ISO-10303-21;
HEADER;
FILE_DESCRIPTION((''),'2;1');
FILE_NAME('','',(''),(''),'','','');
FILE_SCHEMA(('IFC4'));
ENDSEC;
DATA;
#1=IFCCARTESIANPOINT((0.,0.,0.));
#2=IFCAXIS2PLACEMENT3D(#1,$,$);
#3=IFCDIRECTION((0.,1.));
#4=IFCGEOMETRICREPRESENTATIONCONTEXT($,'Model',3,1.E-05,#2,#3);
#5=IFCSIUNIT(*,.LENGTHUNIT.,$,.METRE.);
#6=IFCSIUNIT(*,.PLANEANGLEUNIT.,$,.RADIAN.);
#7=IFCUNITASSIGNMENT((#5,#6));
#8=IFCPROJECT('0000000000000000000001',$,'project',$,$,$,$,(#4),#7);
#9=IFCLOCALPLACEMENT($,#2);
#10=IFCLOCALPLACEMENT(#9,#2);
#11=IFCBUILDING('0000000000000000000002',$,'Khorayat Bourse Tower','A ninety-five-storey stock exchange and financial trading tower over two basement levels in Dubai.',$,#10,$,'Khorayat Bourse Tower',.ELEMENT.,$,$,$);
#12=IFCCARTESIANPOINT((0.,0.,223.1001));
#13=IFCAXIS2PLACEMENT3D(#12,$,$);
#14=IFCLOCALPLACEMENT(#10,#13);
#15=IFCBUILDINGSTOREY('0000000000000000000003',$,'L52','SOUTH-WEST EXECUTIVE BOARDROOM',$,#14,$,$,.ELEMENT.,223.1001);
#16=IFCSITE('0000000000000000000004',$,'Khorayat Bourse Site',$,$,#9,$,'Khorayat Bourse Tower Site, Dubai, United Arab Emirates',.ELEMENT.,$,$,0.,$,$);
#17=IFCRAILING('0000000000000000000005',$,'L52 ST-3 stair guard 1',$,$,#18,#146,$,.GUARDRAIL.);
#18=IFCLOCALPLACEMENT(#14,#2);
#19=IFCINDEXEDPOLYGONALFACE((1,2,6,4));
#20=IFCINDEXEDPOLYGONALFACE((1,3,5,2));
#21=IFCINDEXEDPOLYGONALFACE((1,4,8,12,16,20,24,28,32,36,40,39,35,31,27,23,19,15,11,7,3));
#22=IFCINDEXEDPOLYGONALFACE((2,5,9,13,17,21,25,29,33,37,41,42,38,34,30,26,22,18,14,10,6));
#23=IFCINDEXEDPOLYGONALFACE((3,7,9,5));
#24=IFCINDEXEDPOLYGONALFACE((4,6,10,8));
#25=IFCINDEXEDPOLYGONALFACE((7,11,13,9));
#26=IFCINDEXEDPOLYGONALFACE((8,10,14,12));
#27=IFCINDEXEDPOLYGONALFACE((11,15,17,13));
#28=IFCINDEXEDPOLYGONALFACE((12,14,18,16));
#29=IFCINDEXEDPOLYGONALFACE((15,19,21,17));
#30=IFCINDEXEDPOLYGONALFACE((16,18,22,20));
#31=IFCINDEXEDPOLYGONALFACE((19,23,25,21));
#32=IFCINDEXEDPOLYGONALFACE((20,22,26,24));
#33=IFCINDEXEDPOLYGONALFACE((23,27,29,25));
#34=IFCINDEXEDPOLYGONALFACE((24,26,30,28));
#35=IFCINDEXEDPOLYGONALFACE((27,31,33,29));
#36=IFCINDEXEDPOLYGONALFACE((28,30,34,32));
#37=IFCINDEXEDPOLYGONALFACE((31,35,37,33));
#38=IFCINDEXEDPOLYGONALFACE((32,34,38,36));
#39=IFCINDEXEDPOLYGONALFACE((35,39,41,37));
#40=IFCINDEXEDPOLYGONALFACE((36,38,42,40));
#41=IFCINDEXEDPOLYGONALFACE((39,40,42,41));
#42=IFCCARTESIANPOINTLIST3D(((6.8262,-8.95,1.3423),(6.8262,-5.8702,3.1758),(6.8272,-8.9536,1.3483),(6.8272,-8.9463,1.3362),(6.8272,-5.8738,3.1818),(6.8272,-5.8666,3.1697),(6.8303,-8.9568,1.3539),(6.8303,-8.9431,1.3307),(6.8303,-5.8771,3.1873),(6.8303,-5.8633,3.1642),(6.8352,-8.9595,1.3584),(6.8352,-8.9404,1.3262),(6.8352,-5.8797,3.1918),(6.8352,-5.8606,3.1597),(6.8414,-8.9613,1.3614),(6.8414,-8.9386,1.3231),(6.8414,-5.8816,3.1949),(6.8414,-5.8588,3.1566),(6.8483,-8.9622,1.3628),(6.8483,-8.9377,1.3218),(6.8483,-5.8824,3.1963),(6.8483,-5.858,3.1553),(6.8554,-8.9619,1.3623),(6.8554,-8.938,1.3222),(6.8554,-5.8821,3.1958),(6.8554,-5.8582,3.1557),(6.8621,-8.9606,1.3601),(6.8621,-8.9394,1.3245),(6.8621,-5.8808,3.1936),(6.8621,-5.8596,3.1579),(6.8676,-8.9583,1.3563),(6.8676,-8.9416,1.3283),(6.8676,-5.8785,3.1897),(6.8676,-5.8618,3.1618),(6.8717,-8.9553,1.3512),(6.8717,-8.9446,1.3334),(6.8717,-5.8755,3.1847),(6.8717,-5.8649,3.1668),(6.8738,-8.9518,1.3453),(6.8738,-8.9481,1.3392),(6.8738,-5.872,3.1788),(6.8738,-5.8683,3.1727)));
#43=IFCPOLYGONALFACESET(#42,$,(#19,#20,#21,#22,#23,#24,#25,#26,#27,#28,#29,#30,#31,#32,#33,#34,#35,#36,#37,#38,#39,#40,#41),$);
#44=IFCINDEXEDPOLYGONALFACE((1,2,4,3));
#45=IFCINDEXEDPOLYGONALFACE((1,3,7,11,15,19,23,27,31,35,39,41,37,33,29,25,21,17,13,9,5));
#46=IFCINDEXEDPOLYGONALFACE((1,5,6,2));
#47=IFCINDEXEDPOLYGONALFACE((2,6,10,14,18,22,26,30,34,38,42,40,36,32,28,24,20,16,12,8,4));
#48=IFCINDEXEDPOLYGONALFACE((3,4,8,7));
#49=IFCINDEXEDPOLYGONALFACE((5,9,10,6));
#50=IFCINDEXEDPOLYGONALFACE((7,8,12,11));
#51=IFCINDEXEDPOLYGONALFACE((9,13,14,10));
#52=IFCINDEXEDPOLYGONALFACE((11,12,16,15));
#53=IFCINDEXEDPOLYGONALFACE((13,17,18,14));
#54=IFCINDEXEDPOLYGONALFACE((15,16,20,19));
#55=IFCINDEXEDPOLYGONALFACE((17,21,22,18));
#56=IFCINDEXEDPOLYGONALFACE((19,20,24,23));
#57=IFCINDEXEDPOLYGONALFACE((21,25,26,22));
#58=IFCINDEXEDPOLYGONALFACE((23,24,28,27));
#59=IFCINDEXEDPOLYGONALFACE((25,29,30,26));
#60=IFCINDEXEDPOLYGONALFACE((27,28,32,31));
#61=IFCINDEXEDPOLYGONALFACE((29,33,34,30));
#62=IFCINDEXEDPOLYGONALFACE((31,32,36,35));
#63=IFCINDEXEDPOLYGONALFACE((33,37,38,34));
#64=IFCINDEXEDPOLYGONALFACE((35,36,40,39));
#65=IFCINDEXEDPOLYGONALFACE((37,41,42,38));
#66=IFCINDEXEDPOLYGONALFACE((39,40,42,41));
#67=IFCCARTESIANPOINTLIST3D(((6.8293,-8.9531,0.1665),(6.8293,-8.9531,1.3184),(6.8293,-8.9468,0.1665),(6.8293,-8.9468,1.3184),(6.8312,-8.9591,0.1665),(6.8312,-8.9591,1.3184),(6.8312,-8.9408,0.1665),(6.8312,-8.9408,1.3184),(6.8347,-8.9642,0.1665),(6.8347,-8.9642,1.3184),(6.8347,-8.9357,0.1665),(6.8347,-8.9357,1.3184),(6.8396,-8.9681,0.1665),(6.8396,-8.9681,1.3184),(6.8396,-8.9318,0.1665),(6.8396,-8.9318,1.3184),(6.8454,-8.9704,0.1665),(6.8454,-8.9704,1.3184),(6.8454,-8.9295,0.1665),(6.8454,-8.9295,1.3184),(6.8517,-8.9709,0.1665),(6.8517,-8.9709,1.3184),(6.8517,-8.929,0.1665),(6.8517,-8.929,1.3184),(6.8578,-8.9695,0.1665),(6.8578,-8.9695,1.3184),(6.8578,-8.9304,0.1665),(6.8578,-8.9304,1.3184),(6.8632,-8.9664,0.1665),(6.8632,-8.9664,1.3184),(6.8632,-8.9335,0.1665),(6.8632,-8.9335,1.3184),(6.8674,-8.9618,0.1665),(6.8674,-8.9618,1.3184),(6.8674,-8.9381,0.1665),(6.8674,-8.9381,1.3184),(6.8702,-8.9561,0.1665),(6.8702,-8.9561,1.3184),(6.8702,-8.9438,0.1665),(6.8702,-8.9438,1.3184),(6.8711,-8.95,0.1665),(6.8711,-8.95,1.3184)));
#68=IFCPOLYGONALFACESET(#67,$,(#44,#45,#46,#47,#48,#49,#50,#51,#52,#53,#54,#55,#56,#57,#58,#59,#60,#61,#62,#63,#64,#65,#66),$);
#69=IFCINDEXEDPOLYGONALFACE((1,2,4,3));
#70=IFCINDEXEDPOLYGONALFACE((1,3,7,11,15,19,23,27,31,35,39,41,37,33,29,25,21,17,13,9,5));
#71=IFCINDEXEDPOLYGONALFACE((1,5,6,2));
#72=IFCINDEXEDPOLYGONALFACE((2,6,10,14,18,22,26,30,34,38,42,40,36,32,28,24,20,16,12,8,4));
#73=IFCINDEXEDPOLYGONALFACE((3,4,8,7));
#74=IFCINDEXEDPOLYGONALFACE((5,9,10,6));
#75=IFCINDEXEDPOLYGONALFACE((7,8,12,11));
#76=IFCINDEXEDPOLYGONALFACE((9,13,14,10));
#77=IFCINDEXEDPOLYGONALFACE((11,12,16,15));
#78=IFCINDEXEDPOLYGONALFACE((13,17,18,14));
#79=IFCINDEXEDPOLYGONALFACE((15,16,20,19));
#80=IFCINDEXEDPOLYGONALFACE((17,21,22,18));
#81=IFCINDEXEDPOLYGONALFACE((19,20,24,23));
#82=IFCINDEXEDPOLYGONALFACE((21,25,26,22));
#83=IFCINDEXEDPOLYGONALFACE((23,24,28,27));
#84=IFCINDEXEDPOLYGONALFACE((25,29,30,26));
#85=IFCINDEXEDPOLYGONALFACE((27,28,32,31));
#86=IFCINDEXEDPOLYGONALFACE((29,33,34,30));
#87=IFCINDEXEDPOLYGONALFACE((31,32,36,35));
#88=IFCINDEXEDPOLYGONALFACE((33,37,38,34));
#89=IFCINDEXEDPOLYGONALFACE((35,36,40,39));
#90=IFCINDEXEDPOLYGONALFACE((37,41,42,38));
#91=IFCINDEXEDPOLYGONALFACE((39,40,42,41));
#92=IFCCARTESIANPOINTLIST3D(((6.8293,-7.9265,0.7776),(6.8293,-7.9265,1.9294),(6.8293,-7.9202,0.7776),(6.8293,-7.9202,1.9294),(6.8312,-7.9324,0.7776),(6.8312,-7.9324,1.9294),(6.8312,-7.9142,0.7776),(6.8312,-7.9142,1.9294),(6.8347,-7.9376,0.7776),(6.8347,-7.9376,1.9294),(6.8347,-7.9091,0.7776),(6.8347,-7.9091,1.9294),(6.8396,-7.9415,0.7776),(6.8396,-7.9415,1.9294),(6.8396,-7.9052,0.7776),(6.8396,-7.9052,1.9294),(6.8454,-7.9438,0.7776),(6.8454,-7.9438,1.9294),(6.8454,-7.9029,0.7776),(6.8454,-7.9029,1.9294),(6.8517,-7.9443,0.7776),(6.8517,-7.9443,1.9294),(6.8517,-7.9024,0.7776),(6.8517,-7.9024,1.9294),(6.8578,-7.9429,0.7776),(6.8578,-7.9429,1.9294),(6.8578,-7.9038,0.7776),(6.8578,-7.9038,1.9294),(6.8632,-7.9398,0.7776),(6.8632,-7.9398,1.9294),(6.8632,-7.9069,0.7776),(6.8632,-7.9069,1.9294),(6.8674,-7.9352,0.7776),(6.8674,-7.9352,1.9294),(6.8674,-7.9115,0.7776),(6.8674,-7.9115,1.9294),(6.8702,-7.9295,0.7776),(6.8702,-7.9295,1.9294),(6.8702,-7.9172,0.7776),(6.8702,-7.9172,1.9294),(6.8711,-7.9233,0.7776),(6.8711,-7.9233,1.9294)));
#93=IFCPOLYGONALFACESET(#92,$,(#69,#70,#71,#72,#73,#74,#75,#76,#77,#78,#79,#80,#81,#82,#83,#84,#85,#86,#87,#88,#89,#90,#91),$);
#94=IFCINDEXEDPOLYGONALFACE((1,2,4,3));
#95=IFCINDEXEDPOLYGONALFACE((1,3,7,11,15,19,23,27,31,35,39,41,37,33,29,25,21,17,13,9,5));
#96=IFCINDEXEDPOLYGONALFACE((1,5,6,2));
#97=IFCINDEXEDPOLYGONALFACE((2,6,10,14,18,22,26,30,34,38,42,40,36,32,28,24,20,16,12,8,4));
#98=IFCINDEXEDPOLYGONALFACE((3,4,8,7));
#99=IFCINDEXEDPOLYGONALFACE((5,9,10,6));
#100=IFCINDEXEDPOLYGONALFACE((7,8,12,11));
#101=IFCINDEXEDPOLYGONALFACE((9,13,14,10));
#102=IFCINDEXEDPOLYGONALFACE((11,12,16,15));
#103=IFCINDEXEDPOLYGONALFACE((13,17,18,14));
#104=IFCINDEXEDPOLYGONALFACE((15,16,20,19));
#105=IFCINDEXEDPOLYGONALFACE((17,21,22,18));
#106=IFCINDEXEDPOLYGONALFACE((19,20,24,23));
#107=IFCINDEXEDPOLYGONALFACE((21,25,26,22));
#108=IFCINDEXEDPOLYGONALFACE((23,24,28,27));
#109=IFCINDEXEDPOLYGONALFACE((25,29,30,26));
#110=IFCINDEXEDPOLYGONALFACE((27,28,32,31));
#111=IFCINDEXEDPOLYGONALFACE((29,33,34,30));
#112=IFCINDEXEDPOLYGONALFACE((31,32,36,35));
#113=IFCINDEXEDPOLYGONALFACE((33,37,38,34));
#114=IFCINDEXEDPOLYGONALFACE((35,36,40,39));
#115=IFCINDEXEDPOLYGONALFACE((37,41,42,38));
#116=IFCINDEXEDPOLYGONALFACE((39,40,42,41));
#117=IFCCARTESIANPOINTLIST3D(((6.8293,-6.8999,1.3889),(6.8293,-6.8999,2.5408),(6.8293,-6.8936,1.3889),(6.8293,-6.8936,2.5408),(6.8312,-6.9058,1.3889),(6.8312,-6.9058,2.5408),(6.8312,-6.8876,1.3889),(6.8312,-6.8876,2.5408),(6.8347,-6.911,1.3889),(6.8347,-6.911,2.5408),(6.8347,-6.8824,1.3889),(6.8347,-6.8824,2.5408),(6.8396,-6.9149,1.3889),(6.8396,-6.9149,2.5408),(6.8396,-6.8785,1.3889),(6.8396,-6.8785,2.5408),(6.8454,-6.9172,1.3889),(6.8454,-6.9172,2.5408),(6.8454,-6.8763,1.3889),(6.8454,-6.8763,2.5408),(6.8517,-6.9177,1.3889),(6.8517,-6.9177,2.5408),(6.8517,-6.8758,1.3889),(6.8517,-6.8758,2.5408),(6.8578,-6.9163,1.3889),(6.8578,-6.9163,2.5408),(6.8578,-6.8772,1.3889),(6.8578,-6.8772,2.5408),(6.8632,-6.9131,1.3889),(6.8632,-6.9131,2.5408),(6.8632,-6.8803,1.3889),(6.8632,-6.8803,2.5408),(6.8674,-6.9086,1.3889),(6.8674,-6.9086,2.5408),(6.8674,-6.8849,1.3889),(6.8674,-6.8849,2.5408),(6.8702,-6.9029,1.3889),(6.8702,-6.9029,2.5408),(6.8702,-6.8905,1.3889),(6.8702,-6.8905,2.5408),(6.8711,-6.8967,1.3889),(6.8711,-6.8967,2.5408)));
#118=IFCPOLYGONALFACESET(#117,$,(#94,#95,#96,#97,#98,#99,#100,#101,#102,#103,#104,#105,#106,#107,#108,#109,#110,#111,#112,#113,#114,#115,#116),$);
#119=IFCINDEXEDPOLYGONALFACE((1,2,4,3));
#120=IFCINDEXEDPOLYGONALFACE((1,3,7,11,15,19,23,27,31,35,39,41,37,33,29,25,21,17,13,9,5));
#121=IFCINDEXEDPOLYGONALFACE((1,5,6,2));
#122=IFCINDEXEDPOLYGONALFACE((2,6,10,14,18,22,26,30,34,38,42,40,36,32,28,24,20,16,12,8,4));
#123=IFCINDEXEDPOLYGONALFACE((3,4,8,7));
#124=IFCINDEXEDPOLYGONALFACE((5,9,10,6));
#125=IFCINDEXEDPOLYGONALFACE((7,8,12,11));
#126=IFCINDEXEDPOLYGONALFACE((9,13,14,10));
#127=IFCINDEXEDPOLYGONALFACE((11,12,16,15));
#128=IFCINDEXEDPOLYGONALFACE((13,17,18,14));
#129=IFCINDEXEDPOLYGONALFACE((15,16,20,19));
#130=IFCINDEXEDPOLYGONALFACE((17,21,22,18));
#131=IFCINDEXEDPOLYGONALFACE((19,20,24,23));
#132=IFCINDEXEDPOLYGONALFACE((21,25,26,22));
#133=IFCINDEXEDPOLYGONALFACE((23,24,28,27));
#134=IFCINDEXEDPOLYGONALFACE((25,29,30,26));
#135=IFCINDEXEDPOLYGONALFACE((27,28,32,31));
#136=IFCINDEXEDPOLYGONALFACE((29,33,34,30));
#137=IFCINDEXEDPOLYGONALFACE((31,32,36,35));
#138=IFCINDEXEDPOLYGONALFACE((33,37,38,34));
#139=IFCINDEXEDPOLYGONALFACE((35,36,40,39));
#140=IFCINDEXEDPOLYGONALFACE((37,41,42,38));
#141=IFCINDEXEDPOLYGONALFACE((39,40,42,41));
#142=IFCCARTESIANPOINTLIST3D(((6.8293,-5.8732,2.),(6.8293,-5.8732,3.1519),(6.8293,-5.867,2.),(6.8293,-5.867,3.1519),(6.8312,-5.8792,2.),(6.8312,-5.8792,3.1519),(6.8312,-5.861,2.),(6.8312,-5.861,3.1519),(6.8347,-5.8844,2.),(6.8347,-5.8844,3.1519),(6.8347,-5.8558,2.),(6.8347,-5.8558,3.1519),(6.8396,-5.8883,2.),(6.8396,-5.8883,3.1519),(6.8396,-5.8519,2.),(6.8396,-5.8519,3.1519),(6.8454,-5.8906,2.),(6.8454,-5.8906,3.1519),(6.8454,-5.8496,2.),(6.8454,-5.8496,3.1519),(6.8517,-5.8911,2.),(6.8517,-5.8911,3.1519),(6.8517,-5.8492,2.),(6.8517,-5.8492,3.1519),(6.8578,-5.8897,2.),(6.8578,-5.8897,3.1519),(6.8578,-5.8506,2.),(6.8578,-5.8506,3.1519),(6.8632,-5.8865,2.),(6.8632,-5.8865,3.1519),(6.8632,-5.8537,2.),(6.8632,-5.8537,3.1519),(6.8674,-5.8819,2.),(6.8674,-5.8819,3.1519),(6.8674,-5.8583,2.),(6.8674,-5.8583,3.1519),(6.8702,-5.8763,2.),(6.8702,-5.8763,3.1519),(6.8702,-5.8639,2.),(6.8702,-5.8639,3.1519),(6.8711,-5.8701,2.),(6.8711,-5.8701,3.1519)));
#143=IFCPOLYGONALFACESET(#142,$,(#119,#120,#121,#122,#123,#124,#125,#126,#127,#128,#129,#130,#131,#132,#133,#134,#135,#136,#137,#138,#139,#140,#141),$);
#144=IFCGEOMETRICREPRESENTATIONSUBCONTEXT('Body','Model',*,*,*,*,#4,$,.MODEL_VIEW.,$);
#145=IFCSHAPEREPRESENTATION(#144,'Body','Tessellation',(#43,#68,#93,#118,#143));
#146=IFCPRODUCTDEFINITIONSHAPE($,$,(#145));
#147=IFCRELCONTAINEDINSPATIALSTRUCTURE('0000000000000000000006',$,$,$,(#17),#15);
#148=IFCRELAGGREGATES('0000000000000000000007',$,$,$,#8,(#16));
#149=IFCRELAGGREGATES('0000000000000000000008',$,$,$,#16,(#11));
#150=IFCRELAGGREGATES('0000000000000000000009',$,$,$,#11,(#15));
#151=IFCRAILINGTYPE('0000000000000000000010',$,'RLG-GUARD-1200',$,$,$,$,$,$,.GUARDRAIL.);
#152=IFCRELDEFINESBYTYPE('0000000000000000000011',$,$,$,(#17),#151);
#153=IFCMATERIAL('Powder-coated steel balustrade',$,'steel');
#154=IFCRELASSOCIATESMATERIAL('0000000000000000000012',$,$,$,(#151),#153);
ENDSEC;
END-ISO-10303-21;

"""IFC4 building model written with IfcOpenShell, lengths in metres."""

from ifc_helpers import new_model, si_unit, direction, frame, origin, origin_2d, place, context, subcontext, project, spatial, circle, extrude, source, transform, mapped, material, type_object, element, save


model = new_model("IFC4")

# Units and contexts
model_context = context("Model", 3, precision=1e-05, world=origin(), true_north=direction((0.0, 1.0)))
body_context = subcontext(model_context, "Body", "Model", "MODEL_VIEW")
ifc_project = project(units=[si_unit("LENGTHUNIT", "METRE"), si_unit("PLANEANGLEUNIT", "RADIAN")], contexts=[model_context])

# Site, building, storey
site_placement = place(None, origin())
site = spatial("IfcSite", under=ifc_project, at=site_placement, Name="Khorayat Bourse Site", LongName="Khorayat Bourse Tower Site, Dubai, United Arab Emirates", CompositionType="ELEMENT", RefElevation=0.0)
building_placement = place(site_placement, origin())
building = spatial("IfcBuilding", under=site, at=building_placement, Name="Khorayat Bourse Tower", Description="A ninety-five-storey stock exchange and financial trading tower over two basement levels in Dubai.", LongName="Khorayat Bourse Tower", CompositionType="ELEMENT")
storey_placement = place(building_placement, frame((0.0, 0.0, 223.1001)))
storey = spatial("IfcBuildingStorey", under=building, at=storey_placement, Name="L52", Description="SOUTH-WEST EXECUTIVE BOARDROOM", CompositionType="ELEMENT", Elevation=223.1001)

# Railing
ifc_material_1 = material(Name="Powder-coated steel balustrade", Category="steel")
railing_type_1 = type_object("IfcRailingType", Name="RLG-GUARD-1200", PredefinedType="GUARDRAIL", material=ifc_material_1)
shared_shape_1 = source(origin(), body_context, "Body", "SweptSolid", [
    extrude(circle(Radius=0.0239, at=origin_2d()), frame((0.0, 0.0, 1.1758), z_axis=(0.0, 0.859261, 0.511538), x_axis=(-1.0, 0.0, 0.0)), (0.0, 0.0, 1.0), 3.5842),
    extrude(circle(Radius=0.021, at=origin_2d()), origin(), (0.0, 0.0, 1.0), 1.1519),
    extrude(circle(Radius=0.021, at=origin_2d()), frame((0.0, 1.0266, 0.6111)), (0.0, 0.0, 1.0), 1.1519),
    extrude(circle(Radius=0.021, at=origin_2d()), frame((0.0, 2.0532, 1.2224)), (0.0, 0.0, 1.0), 1.1519),
    extrude(circle(Radius=0.021, at=origin_2d()), frame((0.0, 3.0798, 1.8335)), (0.0, 0.0, 1.0), 1.1519),
])
railing_1_placement = place(storey_placement, frame((6.8501, -8.95, 0.1665)))
element("IfcRailing", 1, at=railing_1_placement, inside=storey, type_object=railing_type_1, Name="L52 ST-3 stair guard 1", PredefinedType="GUARDRAIL", context=body_context, shape_type="MappedRepresentation", body=[
    mapped(shared_shape_1, transform((0.0, 0.0, 0.0), scale=1.0)),
])

save(model, "model.ifc")
